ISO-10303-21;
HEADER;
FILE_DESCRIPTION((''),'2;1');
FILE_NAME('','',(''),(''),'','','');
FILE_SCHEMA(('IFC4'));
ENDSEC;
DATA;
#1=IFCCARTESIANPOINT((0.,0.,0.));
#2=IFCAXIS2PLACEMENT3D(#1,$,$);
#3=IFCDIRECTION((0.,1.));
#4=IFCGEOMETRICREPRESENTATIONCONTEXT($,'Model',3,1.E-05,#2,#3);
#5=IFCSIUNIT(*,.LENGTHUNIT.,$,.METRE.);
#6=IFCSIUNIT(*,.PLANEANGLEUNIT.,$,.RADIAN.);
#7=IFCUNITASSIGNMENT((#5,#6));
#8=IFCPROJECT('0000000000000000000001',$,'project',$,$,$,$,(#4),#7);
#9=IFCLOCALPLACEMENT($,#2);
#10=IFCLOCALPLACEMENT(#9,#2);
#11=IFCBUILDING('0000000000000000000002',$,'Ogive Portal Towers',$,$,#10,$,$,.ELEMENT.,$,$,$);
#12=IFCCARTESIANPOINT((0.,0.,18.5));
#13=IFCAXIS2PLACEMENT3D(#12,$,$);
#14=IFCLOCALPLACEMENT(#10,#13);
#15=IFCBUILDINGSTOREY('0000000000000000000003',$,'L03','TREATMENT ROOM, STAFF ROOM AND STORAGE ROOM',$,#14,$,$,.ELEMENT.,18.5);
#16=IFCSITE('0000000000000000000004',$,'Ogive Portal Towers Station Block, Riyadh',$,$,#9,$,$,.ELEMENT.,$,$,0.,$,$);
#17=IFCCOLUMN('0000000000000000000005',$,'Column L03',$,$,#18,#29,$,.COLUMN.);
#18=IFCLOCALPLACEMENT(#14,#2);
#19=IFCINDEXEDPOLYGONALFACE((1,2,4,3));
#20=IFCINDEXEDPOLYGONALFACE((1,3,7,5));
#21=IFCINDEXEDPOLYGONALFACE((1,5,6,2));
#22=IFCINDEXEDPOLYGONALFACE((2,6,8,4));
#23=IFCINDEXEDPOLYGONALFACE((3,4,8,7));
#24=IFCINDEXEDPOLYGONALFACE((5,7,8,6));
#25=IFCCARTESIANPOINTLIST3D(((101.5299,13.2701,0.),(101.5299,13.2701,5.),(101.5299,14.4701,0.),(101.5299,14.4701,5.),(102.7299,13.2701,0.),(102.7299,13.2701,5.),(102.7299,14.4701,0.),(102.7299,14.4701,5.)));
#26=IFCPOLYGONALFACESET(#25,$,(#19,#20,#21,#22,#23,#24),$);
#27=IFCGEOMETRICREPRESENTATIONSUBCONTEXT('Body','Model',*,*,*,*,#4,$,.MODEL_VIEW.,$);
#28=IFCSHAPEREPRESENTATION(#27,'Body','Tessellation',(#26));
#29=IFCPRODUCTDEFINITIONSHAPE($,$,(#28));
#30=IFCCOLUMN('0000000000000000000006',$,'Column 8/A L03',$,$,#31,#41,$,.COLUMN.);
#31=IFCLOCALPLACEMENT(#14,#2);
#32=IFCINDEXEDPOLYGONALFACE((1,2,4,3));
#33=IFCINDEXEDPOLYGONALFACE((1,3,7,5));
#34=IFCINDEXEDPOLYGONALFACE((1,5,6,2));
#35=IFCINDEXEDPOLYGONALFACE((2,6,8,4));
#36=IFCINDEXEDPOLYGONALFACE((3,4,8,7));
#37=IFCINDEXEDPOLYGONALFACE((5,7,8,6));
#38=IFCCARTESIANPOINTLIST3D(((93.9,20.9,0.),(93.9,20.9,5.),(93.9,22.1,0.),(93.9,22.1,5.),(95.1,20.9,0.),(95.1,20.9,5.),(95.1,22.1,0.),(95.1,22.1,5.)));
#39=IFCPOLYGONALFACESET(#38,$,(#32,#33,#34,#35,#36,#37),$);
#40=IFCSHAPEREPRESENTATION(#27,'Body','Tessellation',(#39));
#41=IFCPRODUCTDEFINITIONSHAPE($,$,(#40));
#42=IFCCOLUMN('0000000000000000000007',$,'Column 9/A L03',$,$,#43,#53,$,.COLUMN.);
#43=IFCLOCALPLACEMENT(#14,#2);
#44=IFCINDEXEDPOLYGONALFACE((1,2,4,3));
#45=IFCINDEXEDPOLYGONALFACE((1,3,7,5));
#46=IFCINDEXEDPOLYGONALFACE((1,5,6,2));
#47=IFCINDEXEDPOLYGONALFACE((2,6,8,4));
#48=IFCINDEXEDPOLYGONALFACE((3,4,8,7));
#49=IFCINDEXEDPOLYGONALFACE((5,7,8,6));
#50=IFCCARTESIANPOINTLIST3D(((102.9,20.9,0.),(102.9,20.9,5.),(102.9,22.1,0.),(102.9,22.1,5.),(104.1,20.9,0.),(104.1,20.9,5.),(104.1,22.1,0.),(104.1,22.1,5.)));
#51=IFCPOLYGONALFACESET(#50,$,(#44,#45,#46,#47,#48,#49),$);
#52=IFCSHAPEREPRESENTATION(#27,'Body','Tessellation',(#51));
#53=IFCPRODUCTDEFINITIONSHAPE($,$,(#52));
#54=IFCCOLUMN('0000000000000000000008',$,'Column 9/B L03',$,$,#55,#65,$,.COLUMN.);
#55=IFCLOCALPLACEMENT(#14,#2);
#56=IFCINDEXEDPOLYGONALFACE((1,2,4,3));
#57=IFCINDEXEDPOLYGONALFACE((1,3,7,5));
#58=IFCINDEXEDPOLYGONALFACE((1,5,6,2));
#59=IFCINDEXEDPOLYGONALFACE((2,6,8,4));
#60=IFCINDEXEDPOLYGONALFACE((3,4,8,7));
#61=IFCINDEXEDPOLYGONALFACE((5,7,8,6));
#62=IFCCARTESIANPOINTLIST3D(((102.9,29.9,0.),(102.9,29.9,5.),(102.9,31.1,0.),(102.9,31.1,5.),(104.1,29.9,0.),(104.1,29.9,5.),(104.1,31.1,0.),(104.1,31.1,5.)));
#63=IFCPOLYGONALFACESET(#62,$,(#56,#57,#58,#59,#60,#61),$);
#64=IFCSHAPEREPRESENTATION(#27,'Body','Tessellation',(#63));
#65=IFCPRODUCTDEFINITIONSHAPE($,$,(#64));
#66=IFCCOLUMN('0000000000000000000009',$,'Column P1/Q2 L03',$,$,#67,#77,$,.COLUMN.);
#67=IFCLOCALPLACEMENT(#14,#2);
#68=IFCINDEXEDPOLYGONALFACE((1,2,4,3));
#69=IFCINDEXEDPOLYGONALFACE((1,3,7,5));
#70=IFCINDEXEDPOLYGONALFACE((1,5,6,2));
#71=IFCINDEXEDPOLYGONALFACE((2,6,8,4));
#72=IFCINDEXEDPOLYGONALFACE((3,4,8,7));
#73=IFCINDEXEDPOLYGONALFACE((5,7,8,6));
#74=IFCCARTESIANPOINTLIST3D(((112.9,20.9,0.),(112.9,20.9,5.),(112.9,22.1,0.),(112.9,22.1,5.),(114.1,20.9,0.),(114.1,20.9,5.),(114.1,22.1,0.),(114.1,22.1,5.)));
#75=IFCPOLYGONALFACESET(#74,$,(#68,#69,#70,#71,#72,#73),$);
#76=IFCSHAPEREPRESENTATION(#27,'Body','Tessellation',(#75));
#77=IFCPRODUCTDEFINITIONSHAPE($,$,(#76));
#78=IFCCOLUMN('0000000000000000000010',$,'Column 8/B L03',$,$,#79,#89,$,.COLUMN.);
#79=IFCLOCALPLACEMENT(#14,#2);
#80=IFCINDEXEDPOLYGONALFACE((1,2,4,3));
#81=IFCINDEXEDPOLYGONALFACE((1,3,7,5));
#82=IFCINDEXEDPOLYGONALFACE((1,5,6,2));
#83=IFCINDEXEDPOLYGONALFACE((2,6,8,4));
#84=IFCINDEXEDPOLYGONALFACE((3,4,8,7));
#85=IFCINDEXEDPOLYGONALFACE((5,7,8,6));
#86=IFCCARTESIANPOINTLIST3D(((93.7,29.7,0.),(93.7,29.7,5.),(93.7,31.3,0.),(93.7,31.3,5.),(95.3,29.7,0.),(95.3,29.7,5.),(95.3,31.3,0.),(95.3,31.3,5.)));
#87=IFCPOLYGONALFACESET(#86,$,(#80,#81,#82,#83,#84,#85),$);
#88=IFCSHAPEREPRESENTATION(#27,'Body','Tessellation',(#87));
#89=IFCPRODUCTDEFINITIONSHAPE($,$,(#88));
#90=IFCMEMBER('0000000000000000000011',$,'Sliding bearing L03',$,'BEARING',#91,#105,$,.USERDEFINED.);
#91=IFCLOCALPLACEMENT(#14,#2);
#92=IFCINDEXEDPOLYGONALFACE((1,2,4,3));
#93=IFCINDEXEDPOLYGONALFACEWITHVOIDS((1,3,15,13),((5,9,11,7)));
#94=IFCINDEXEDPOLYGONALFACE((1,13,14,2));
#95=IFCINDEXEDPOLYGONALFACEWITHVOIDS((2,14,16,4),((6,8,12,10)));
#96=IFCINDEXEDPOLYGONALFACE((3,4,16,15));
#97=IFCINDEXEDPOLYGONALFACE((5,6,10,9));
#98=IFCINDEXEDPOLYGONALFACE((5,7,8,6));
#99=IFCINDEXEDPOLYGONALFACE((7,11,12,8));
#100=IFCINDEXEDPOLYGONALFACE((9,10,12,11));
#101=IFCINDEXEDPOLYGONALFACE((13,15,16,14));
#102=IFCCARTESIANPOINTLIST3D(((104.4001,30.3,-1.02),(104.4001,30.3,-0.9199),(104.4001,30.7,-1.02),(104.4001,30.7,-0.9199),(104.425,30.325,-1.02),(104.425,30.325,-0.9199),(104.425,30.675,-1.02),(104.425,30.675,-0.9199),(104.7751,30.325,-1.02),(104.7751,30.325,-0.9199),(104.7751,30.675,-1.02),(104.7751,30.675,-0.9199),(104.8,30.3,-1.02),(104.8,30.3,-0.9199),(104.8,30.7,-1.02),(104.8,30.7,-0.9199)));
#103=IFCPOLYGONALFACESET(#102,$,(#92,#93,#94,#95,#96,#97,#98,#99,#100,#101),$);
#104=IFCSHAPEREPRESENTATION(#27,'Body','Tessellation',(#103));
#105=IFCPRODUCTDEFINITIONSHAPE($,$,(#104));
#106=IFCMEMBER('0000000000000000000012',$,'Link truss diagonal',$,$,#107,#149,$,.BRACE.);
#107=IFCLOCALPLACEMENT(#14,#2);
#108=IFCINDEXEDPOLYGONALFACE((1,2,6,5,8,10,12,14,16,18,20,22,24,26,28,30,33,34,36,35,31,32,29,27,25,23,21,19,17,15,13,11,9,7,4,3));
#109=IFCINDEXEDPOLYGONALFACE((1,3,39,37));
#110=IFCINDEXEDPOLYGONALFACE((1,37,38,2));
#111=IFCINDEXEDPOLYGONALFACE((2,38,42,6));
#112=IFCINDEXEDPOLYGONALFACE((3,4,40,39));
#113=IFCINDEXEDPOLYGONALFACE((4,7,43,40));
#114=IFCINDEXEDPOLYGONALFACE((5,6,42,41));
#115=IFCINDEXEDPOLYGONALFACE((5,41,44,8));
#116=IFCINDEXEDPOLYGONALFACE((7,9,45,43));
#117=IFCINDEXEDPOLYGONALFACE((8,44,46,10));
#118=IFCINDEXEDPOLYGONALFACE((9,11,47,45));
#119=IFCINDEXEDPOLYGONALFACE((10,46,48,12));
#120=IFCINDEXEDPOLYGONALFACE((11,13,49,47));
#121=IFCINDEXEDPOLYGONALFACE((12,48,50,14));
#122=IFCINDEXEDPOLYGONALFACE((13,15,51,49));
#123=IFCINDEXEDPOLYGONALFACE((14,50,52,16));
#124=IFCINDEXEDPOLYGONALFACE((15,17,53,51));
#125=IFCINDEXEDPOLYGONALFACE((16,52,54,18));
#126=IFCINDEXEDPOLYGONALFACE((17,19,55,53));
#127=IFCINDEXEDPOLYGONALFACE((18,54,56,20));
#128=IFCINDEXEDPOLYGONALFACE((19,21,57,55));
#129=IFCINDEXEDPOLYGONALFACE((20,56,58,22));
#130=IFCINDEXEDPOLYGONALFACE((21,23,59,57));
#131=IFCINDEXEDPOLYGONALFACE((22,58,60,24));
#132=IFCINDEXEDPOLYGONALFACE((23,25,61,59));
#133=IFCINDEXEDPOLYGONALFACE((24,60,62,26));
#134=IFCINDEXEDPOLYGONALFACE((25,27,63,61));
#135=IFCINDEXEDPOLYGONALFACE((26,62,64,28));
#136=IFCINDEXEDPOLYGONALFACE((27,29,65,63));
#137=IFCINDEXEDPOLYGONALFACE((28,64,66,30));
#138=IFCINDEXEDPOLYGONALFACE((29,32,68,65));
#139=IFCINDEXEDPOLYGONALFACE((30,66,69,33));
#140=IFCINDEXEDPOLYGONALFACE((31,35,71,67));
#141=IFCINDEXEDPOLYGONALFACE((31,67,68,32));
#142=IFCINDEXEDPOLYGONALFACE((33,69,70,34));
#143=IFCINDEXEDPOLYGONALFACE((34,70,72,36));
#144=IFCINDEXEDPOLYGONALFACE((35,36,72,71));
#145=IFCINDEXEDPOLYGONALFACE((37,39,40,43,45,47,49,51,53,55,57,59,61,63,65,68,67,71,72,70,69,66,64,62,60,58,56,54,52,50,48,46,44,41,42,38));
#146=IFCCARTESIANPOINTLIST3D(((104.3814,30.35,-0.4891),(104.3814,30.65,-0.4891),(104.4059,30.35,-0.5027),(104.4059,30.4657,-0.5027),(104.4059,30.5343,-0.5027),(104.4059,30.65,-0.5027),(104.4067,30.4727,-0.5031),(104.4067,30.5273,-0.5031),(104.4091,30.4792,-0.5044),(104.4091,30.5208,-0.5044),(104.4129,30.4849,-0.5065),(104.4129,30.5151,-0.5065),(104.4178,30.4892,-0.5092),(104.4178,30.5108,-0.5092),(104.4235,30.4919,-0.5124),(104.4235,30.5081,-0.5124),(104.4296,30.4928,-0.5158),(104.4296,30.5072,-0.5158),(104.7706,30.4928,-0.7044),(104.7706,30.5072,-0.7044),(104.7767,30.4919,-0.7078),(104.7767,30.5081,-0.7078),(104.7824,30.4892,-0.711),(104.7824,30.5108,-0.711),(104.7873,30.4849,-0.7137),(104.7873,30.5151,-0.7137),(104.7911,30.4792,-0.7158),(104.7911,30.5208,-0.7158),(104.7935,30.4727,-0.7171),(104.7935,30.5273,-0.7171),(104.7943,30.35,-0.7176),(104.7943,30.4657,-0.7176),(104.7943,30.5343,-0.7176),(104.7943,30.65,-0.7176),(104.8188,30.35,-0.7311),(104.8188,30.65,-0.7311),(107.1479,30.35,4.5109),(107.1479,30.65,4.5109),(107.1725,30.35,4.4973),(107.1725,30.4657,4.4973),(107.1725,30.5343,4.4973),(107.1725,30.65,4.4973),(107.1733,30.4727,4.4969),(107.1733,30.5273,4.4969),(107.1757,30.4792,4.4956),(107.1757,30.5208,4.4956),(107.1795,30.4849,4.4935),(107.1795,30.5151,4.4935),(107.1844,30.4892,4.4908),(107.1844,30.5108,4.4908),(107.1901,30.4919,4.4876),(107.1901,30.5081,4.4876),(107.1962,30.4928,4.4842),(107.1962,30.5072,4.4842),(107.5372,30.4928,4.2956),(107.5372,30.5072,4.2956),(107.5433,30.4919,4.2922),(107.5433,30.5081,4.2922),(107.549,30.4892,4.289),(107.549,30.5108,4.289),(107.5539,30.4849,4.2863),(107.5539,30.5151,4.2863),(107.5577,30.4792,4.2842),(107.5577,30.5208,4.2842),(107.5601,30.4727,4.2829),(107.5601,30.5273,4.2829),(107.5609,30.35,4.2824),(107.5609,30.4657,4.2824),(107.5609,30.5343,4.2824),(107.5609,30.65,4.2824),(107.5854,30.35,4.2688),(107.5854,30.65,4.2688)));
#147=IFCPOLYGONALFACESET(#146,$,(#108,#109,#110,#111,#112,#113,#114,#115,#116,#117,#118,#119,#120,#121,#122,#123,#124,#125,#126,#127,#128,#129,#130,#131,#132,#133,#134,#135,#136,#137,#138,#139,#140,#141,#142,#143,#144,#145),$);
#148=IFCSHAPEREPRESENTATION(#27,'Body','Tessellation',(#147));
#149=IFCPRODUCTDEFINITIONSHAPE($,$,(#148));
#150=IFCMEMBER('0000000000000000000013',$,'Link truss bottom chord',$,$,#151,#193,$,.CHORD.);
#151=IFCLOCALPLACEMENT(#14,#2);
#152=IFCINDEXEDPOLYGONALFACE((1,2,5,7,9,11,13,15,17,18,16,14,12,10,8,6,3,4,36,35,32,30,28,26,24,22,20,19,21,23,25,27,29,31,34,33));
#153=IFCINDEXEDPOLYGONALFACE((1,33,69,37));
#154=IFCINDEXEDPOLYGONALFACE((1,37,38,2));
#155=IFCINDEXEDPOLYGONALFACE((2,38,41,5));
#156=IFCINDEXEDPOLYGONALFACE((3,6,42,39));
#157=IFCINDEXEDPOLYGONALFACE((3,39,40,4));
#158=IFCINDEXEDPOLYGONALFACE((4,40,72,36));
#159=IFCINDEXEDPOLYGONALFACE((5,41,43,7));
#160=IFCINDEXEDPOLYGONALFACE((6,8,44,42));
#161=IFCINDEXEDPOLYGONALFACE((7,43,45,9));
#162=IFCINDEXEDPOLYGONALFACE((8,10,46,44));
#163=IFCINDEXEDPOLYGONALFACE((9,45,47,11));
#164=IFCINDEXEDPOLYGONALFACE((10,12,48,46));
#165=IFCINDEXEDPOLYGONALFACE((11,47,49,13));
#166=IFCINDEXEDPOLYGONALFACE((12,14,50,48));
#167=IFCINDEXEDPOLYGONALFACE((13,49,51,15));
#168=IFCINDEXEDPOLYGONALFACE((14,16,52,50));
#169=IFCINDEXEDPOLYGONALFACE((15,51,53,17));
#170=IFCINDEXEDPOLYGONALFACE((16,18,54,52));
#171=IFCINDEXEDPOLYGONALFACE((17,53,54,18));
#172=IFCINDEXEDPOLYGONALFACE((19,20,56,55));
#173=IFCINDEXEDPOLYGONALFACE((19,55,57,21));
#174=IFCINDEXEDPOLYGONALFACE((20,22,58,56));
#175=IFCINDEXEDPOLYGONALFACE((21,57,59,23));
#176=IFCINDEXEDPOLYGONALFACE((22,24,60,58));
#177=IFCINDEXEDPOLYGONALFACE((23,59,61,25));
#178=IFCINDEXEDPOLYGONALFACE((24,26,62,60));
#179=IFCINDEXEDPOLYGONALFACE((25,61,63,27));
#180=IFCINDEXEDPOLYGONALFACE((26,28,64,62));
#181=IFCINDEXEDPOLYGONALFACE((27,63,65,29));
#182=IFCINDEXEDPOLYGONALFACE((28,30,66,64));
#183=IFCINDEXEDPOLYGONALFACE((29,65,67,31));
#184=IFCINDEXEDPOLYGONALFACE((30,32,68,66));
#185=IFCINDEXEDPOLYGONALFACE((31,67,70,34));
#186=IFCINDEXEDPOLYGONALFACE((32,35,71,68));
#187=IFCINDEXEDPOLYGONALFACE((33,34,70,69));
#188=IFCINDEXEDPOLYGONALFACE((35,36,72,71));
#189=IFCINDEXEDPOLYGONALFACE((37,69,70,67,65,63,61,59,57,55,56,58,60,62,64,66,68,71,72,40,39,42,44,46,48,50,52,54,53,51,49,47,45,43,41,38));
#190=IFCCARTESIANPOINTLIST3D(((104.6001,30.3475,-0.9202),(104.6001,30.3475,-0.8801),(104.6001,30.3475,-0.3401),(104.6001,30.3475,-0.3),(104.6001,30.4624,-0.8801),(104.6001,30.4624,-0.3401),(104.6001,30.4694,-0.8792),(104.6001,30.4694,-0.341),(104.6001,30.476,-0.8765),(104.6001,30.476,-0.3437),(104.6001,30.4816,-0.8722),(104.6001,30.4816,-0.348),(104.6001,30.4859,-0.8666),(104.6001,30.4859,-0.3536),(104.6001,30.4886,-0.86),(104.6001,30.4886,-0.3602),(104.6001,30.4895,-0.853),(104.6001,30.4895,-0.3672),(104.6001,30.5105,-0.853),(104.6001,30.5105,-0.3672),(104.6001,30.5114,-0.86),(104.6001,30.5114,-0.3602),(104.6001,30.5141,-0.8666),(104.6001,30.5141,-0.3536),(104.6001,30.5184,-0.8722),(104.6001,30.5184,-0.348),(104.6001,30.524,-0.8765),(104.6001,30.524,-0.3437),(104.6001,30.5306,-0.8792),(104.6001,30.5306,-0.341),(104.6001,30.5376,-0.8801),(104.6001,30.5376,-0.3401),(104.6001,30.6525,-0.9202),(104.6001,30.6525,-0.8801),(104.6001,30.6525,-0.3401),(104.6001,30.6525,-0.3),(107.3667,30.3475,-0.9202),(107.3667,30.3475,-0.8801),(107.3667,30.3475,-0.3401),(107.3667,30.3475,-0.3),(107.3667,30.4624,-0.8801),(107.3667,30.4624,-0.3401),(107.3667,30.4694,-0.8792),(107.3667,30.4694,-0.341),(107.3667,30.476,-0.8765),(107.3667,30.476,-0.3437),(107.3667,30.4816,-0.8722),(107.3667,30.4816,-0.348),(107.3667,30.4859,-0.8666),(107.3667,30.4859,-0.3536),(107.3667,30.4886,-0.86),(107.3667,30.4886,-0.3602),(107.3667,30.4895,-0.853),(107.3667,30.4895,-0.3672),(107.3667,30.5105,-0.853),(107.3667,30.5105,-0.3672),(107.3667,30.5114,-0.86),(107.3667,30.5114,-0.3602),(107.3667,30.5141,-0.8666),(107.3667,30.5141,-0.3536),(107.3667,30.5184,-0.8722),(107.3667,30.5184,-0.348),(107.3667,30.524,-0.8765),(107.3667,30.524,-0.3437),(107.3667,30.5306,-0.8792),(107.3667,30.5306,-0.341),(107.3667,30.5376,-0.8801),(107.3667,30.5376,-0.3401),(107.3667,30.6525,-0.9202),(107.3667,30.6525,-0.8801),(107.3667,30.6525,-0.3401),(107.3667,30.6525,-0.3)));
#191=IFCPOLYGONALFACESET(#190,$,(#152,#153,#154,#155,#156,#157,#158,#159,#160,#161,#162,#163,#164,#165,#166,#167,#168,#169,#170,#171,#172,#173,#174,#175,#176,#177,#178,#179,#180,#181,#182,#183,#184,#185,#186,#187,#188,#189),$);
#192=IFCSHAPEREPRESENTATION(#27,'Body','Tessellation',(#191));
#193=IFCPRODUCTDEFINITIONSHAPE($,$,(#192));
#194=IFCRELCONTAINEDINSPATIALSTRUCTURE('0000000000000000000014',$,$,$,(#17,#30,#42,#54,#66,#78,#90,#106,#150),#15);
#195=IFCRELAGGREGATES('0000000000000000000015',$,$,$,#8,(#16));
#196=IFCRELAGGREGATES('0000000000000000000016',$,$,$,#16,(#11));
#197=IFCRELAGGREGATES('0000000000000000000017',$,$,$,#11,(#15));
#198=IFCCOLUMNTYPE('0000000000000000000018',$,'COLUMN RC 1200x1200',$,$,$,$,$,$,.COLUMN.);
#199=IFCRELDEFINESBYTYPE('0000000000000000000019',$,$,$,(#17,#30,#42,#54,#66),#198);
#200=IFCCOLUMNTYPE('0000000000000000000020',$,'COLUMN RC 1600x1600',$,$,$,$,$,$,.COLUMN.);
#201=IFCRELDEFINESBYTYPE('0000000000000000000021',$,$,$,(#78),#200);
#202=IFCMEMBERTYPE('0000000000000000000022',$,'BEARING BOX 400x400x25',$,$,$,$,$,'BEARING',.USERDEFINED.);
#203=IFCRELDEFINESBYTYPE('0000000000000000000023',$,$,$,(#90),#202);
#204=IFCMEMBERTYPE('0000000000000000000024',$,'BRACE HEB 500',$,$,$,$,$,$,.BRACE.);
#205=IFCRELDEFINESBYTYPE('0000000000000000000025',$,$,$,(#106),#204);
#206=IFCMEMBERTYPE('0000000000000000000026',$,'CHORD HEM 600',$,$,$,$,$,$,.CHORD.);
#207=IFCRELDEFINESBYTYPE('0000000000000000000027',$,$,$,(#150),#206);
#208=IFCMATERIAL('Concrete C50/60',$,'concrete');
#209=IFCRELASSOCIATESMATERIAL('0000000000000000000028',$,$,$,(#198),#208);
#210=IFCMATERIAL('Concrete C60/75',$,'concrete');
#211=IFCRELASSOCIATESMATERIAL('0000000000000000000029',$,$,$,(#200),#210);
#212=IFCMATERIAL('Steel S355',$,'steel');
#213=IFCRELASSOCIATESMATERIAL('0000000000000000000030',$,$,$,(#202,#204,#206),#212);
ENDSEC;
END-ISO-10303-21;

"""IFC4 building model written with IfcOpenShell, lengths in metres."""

from ifc_helpers import new_model, si_unit, direction, frame, origin, origin_2d, place, context, subcontext, project, spatial, rectangle, hollow_rectangle, i_section, extrude, material, material_profile, profile_set, type_object, element, save


model = new_model("IFC4")

# Units and contexts
model_context = context("Model", 3, precision=1e-05, world=origin(), true_north=direction((0.0, 1.0)))
body_context = subcontext(model_context, "Body", "Model", "MODEL_VIEW")
ifc_project = project(units=[si_unit("LENGTHUNIT", "METRE"), si_unit("PLANEANGLEUNIT", "RADIAN")], contexts=[model_context])

# Site, building, storey
site_placement = place(None, origin())
site = spatial("IfcSite", under=ifc_project, at=site_placement, Name="Ogive Portal Towers Station Block, Riyadh", CompositionType="ELEMENT", RefElevation=0.0)
building_placement = place(site_placement, origin())
building = spatial("IfcBuilding", under=site, at=building_placement, Name="Ogive Portal Towers", CompositionType="ELEMENT")
storey_placement = place(building_placement, frame((0.0, 0.0, 18.5)))
storey = spatial("IfcBuildingStorey", under=building, at=storey_placement, Name="L03", Description="TREATMENT ROOM, STAFF ROOM AND STORAGE ROOM", CompositionType="ELEMENT", Elevation=18.5)

# Columns
ifc_material_1 = material(Name="Concrete C50/60", Category="concrete")
ifc_material_profile_1 = material_profile(ifc_material_1, rectangle(XDim=1.2, YDim=1.2, at=origin_2d()), Name="RC 1200x1200")
ifc_profile_set_1 = profile_set([ifc_material_profile_1], Name="Concrete C50/60")
column_type_1 = type_object("IfcColumnType", Name="COLUMN RC 1200x1200", PredefinedType="COLUMN", material=ifc_profile_set_1)
for number, where, z_axis, x_axis, name in (
    (1, (102.1299, 13.8701, 0.0), (0.0, 0.0, 1.0), (1.0, 0.0, 0.0), "Column L03"),
    (2, (94.5, 21.5, 0.0), (0.0, 0.0, 1.0), (1.0, 0.0, 0.0), "Column 8/A L03"),
    (3, (103.5, 21.5, 0.0), (0.0, 0.0, 1.0), (1.0, 0.0, 0.0), "Column 9/A L03"),
    (4, (103.5, 30.5, 0.0), (0.0, 0.0, 1.0), (1.0, 0.0, 0.0), "Column 9/B L03"),
    (5, (113.5, 21.5, 0.0), (0.0, 0.0, 1.0), (1.0, 0.0, 0.0), "Column P1/Q2 L03"),
):
    element("IfcColumn", number, at=place(storey_placement, frame(where, z_axis=z_axis, x_axis=x_axis)), inside=storey, type_object=column_type_1, Name=name, PredefinedType="COLUMN", context=body_context, shape_type="SweptSolid", body=[
        extrude(rectangle(XDim=1.2, YDim=1.2, at=origin_2d()), origin(), (0.0, 0.0, 1.0), 5.0),
    ])
ifc_material_2 = material(Name="Concrete C60/75", Category="concrete")
ifc_material_profile_2 = material_profile(ifc_material_2, rectangle(XDim=1.6001, YDim=1.6001, at=origin_2d()), Name="RC 1600x1600")
ifc_profile_set_2 = profile_set([ifc_material_profile_2], Name="Concrete C60/75")
column_type_2 = type_object("IfcColumnType", Name="COLUMN RC 1600x1600", PredefinedType="COLUMN", material=ifc_profile_set_2)
column_placement = place(storey_placement, frame((94.5, 30.5, 0.0), z_axis=(0.0, 0.0, 1.0), x_axis=(1.0, 0.0, 0.0)))
element("IfcColumn", 6, at=column_placement, inside=storey, type_object=column_type_2, Name="Column 8/B L03", PredefinedType="COLUMN", context=body_context, shape_type="SweptSolid", body=[
    extrude(rectangle(XDim=1.6001, YDim=1.6001, at=origin_2d()), origin(), (0.0, 0.0, 1.0), 5.0),
])

# Members
ifc_material_3 = material(Name="Steel S355", Category="steel")
ifc_material_profile_3 = material_profile(ifc_material_3, hollow_rectangle(XDim=0.3999, YDim=0.3999, WallThickness=0.0249, at=origin_2d()), Name="BOX 400x400x25")
ifc_profile_set_3 = profile_set([ifc_material_profile_3], Name="Steel S355")
member_type_1 = type_object("IfcMemberType", Name="BEARING BOX 400x400x25", ElementType="BEARING", PredefinedType="USERDEFINED", material=ifc_profile_set_3)
member_1_placement = place(storey_placement, frame((104.6001, 30.5, -1.02), z_axis=(0.0, 0.0, 1.0), x_axis=(1.0, 0.0, 0.0)))
element("IfcMember", 7, at=member_1_placement, inside=storey, type_object=member_type_1, Name="Sliding bearing L03", ObjectType="BEARING", PredefinedType="USERDEFINED", context=body_context, shape_type="SweptSolid", body=[
    extrude(hollow_rectangle(XDim=0.3999, YDim=0.3999, WallThickness=0.0249, at=origin_2d()), origin(), (0.0, 0.0, 1.0), 0.1001),
])
ifc_material_profile_4 = material_profile(ifc_material_3, i_section(OverallWidth=0.3, OverallDepth=0.5, WebThickness=0.0144, FlangeThickness=0.0281, FilletRadius=0.0271, at=origin_2d()), Name="HEB 500")
ifc_profile_set_4 = profile_set([ifc_material_profile_4], Name="Steel S355")
member_type_2 = type_object("IfcMemberType", Name="BRACE HEB 500", PredefinedType="BRACE", material=ifc_profile_set_4)
member_2_placement = place(storey_placement, frame((104.6001, 30.5, -0.6101), z_axis=(0.484148, 0.0, 0.874986), x_axis=(0.0, 1.0, 0.0)))
element("IfcMember", 8, at=member_2_placement, inside=storey, type_object=member_type_2, Name="Link truss diagonal", PredefinedType="BRACE", context=body_context, shape_type="SweptSolid", body=[
    extrude(i_section(OverallWidth=0.3, OverallDepth=0.5, WebThickness=0.0144, FlangeThickness=0.0281, FilletRadius=0.0271, at=origin_2d()), origin(), (0.0, 0.0, 1.0), 5.7144),
])
ifc_material_profile_5 = material_profile(ifc_material_3, i_section(OverallWidth=0.3049, OverallDepth=0.6201, WebThickness=0.021, FlangeThickness=0.04, FilletRadius=0.0271, at=origin_2d()), Name="HEM 600")
ifc_profile_set_5 = profile_set([ifc_material_profile_5], Name="Steel S355")
member_type_3 = type_object("IfcMemberType", Name="CHORD HEM 600", PredefinedType="CHORD", material=ifc_profile_set_5)
for number, where, z_axis, x_axis, name in (
    (9, (104.6001, 30.5, -0.6101), (1.0, 0.0, 0.0), (0.0, 1.0, 0.0), "Link truss bottom chord"),
):
    element("IfcMember", number, at=place(storey_placement, frame(where, z_axis=z_axis, x_axis=x_axis)), inside=storey, type_object=member_type_3, Name=name, PredefinedType="CHORD", context=body_context, shape_type="SweptSolid", body=[
        extrude(i_section(OverallWidth=0.3049, OverallDepth=0.6201, WebThickness=0.021, FlangeThickness=0.04, FilletRadius=0.0271, at=origin_2d()), origin(), (0.0, 0.0, 1.0), 2.7666),
    ])

save(model, "model.ifc")
